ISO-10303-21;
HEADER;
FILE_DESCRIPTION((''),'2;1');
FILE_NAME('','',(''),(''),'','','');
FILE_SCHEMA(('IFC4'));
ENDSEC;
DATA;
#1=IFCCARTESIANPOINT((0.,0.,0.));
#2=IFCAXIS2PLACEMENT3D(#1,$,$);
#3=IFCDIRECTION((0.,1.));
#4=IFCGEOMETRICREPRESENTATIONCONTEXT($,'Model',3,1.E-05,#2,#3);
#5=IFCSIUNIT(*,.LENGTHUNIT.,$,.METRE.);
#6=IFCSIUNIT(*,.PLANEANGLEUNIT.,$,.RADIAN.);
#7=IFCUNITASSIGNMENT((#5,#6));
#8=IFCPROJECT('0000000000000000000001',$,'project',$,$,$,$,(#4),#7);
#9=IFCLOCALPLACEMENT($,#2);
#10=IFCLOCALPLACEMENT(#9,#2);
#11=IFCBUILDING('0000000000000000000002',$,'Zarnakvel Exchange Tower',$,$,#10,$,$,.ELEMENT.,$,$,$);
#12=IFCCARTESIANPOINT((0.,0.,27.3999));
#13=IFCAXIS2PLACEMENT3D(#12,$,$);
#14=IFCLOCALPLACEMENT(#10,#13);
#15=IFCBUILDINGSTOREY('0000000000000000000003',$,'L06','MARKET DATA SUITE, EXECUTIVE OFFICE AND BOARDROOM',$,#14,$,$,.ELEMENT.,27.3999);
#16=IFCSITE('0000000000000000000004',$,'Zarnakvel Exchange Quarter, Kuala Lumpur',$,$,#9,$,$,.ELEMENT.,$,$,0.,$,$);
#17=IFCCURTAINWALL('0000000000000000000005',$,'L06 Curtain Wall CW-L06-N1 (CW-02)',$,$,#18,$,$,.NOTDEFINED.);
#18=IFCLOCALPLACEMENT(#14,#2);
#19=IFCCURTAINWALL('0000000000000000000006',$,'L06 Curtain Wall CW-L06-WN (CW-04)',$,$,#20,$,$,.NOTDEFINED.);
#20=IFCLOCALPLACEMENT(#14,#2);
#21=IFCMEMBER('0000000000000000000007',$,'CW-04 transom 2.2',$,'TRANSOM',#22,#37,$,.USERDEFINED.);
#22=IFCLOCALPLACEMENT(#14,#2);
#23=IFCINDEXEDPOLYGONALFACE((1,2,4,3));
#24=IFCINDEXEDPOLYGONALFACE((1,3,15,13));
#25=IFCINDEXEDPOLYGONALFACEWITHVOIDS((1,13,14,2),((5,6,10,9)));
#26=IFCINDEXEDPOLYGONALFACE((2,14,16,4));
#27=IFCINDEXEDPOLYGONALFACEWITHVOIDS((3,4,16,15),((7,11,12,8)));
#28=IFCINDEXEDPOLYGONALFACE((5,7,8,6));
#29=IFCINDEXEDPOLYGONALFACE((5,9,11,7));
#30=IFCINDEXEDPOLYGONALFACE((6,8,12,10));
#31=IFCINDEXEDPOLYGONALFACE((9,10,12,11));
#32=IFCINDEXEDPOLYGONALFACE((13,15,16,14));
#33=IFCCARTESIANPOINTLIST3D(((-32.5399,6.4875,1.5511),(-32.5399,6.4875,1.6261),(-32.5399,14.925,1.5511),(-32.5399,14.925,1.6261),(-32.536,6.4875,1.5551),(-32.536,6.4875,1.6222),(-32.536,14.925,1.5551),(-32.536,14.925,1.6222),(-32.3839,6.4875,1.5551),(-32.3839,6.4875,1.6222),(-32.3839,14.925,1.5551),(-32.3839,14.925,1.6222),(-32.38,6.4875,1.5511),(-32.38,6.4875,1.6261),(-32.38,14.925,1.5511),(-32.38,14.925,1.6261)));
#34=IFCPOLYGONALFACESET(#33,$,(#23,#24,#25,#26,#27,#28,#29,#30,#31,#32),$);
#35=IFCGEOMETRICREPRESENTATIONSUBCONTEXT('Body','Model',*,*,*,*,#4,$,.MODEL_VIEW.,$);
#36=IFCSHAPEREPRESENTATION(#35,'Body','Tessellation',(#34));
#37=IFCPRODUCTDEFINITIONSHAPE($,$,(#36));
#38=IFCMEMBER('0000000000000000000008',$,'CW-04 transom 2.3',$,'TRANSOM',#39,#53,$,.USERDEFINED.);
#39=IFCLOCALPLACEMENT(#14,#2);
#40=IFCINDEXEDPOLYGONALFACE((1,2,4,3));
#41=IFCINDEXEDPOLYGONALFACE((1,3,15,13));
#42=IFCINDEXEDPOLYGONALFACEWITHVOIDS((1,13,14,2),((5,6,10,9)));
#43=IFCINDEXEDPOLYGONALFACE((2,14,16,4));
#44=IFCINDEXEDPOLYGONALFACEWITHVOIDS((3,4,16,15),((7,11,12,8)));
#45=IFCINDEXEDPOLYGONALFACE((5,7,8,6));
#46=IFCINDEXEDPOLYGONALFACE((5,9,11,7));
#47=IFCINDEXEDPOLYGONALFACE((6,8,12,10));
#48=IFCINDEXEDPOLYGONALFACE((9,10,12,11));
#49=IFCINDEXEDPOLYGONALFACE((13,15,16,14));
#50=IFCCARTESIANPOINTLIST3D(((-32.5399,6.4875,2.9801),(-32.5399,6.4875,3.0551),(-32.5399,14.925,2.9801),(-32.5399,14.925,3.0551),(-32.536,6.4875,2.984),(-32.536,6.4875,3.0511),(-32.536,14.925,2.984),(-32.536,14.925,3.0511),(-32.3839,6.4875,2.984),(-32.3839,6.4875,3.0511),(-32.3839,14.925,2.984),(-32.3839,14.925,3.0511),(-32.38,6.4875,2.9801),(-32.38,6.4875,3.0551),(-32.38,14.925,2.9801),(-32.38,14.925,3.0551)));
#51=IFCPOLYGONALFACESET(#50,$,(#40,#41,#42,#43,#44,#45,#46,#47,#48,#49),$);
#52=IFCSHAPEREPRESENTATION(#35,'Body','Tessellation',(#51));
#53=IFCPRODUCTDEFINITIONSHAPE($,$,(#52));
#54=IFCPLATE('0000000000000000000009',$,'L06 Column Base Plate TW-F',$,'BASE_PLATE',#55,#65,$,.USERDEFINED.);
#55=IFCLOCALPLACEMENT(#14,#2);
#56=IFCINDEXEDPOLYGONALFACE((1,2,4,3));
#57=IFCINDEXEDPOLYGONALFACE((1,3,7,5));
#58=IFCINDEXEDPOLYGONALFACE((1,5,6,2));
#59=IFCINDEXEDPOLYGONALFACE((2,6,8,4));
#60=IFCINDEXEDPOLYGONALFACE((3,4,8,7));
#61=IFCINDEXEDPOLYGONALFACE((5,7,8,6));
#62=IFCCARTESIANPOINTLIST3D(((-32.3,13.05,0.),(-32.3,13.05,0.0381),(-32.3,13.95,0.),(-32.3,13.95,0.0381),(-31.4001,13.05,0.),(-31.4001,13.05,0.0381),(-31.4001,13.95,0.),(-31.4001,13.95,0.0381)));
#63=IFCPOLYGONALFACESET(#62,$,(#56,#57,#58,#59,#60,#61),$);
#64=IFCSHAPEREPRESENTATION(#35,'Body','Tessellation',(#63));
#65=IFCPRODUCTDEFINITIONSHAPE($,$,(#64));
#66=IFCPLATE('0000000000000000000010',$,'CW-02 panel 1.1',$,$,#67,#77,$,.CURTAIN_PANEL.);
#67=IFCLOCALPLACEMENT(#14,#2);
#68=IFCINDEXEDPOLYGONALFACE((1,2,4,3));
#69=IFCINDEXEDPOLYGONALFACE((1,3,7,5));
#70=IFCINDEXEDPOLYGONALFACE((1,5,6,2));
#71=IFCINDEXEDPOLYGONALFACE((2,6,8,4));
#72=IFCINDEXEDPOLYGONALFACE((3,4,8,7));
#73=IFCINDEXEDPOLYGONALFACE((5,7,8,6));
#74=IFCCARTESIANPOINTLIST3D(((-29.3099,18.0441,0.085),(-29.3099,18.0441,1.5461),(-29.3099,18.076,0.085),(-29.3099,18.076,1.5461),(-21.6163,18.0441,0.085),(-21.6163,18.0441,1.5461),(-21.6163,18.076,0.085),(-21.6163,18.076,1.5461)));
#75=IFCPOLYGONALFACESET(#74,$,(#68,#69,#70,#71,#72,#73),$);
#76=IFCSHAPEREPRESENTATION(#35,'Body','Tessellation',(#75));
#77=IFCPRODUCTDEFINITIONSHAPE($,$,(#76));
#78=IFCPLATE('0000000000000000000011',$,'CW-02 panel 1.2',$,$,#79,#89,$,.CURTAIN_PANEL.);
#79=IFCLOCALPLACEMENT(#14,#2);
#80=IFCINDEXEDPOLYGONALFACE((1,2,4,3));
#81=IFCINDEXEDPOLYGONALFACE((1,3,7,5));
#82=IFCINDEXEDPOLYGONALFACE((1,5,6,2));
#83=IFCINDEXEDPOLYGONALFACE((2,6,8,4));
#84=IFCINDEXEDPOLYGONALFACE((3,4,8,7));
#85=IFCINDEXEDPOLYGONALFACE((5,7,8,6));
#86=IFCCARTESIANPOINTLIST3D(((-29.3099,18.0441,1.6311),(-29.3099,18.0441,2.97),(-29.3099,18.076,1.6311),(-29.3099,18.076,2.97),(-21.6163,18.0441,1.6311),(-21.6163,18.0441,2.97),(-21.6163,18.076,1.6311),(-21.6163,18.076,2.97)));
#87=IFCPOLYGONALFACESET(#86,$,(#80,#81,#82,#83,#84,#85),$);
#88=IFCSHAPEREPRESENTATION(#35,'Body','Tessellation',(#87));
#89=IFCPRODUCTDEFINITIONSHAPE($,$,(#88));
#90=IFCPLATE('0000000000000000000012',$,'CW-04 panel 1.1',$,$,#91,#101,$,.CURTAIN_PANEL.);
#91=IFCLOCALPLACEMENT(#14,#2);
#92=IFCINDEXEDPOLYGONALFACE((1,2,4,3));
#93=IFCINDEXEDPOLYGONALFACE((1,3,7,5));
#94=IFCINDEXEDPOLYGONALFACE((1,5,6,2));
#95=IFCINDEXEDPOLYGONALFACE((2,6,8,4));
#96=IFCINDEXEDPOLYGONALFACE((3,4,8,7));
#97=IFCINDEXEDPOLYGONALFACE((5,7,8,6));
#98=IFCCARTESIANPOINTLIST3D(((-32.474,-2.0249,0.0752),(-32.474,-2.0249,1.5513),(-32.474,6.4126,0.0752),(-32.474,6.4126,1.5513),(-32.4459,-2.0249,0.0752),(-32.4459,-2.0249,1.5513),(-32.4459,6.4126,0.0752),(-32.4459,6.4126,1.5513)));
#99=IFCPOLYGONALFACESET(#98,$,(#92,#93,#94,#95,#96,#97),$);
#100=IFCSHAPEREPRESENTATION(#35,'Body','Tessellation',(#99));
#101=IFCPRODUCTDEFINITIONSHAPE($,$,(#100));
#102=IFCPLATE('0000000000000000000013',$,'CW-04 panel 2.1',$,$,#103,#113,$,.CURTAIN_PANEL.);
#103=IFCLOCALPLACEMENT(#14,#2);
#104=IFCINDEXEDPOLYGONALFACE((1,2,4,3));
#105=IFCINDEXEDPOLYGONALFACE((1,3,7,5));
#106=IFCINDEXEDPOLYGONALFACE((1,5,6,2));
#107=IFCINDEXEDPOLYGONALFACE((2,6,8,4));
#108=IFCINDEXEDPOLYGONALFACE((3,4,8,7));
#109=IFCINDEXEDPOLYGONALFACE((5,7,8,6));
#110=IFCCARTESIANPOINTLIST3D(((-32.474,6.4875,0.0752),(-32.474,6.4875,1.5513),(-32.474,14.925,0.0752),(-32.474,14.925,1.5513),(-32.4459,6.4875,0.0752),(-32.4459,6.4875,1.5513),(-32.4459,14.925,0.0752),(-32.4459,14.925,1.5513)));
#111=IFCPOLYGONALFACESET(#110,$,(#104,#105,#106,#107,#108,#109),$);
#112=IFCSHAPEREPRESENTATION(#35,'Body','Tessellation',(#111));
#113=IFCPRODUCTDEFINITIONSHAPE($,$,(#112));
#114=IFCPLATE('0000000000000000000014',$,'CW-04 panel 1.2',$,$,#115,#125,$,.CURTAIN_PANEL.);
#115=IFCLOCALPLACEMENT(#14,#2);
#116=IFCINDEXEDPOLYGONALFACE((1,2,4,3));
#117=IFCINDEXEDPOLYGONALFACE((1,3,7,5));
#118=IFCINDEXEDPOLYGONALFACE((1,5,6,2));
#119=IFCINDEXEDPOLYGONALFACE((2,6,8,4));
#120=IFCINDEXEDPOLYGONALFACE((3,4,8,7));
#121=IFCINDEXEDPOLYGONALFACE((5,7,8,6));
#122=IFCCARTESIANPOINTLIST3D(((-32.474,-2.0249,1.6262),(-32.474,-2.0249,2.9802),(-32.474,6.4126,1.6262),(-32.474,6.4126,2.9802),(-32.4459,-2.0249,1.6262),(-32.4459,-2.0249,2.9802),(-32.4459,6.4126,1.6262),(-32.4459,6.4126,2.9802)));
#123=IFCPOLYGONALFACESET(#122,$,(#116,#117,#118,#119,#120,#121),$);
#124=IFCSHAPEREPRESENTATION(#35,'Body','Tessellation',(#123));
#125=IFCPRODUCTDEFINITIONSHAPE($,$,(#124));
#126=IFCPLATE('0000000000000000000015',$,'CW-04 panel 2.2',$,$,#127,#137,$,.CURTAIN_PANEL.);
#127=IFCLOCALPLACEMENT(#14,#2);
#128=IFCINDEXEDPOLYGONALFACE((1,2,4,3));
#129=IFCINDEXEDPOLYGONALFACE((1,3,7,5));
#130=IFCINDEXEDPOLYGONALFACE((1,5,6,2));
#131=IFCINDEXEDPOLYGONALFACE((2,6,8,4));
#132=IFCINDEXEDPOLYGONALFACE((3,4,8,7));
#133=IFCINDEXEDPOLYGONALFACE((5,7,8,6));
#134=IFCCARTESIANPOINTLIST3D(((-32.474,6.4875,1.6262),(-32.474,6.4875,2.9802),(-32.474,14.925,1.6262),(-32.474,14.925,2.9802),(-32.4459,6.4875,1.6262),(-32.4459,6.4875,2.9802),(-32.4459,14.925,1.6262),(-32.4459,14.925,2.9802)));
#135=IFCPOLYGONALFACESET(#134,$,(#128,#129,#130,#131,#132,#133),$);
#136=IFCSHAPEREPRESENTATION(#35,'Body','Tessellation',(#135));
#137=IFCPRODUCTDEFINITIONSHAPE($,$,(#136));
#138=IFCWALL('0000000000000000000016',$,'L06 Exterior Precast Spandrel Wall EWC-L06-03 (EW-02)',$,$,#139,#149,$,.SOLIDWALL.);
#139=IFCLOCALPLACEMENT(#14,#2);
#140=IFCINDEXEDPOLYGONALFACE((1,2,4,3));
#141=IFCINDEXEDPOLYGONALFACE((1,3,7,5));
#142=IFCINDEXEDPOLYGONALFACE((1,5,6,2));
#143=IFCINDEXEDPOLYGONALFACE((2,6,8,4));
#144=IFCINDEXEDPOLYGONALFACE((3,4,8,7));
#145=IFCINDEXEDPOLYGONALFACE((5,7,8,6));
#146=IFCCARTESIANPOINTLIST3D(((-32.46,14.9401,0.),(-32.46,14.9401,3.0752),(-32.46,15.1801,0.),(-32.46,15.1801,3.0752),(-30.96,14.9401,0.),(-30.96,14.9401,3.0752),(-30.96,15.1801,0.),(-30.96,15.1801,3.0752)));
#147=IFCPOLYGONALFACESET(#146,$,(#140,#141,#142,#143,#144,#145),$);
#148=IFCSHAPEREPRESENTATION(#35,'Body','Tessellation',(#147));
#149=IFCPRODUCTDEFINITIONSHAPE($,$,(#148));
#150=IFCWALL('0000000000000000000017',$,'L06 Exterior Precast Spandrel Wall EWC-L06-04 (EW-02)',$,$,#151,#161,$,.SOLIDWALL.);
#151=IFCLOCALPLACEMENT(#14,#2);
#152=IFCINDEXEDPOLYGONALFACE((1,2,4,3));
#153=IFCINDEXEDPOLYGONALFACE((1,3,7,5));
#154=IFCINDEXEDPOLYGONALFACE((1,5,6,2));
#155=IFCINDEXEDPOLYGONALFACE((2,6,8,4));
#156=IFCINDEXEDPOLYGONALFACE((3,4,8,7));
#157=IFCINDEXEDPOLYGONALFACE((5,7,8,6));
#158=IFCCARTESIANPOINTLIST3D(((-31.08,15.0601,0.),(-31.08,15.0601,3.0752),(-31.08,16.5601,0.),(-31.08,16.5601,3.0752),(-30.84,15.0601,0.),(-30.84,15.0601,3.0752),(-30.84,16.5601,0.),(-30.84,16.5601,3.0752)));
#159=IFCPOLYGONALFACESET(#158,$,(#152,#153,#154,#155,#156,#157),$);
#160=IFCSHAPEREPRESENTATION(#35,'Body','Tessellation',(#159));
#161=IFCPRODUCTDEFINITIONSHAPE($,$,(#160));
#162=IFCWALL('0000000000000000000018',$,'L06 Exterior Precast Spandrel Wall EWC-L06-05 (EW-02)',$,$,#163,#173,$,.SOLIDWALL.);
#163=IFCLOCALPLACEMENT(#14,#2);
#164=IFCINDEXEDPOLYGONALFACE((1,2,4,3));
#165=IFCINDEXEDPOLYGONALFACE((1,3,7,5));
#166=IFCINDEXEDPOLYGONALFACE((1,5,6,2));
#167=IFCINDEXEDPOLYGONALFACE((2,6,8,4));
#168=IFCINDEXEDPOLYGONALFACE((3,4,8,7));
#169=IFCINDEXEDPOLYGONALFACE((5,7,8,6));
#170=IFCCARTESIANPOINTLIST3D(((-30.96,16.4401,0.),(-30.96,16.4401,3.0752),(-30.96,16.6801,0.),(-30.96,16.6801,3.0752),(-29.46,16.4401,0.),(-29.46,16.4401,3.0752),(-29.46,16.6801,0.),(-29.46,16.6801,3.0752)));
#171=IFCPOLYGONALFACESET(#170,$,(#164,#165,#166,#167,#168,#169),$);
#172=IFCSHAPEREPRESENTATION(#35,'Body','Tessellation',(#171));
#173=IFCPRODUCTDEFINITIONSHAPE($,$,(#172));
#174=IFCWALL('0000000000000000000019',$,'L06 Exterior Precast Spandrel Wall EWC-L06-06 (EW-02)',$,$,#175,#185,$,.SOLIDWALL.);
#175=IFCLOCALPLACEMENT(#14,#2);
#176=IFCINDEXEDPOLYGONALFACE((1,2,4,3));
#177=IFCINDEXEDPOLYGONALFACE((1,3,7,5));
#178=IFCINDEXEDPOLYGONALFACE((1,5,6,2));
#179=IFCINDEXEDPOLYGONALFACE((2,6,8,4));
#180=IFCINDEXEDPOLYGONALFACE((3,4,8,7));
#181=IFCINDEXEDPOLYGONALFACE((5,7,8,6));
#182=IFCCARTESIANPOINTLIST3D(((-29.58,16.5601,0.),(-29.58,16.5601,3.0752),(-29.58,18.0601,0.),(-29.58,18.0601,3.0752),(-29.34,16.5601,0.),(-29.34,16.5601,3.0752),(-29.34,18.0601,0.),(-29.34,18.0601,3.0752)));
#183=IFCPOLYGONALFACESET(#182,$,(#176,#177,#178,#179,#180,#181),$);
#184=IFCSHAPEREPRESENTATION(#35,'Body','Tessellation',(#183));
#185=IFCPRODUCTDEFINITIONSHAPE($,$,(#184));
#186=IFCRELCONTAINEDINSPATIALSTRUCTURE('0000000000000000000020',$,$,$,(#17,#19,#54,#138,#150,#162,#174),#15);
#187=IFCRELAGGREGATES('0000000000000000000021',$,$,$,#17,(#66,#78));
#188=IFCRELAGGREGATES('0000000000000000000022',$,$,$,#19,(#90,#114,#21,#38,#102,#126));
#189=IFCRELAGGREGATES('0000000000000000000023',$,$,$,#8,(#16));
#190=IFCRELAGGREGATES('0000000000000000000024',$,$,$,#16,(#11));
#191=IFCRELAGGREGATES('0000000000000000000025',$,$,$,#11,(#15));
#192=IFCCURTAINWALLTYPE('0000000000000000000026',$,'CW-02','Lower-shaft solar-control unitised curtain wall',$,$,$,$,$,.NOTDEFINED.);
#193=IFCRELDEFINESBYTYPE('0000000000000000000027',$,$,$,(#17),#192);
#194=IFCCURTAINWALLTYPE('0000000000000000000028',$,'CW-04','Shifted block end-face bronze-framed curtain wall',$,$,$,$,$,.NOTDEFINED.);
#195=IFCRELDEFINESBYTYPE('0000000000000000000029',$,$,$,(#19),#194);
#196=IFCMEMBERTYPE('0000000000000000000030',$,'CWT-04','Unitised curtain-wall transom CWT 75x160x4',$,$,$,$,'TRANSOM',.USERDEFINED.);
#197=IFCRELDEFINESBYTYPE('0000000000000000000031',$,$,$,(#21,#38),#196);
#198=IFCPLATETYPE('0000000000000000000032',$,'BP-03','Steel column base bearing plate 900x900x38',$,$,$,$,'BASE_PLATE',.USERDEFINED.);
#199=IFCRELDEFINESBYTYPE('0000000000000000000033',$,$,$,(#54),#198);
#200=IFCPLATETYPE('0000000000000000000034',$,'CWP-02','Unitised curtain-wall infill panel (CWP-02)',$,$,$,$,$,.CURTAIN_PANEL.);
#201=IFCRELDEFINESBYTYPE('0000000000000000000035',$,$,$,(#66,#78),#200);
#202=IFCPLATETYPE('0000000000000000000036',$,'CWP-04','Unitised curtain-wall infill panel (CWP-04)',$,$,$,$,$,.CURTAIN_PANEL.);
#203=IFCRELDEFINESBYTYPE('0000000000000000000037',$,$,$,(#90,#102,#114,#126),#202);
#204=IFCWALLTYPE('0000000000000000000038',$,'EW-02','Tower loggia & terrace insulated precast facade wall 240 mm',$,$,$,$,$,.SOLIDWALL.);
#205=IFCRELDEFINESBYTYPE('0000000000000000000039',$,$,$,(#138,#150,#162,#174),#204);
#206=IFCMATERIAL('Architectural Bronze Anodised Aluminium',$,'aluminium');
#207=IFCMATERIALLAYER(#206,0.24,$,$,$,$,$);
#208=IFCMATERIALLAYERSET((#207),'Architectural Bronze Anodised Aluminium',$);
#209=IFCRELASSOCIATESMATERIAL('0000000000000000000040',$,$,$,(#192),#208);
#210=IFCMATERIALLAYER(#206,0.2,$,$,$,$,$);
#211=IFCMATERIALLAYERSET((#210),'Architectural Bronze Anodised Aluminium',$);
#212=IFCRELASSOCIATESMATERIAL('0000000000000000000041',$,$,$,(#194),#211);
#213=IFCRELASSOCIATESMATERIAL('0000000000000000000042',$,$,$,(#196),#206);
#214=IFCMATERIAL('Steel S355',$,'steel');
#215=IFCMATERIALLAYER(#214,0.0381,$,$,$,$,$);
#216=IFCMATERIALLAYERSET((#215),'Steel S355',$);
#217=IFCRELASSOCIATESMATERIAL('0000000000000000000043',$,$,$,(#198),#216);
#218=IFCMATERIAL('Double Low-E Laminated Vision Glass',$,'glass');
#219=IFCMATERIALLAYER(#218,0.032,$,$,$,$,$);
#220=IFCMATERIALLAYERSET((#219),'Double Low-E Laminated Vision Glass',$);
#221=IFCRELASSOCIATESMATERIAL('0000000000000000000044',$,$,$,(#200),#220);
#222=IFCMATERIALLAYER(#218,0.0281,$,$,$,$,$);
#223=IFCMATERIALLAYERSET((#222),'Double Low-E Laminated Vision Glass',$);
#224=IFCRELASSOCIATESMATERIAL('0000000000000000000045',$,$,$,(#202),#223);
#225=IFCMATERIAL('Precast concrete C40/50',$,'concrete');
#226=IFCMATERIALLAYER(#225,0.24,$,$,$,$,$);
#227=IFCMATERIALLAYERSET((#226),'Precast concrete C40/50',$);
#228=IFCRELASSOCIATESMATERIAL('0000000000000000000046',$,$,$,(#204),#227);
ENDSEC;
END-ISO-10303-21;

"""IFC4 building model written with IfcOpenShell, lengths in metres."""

from ifc_helpers import new_model, si_unit, direction, frame, frame_2d, origin, origin_2d, place, context, subcontext, project, spatial, rectangle, hollow_rectangle, extrude, source, transform, mapped, material, layer, layer_set, material_profile, profile_set, type_object, element, aggregate, save


model = new_model("IFC4")

# Units and contexts
model_context = context("Model", 3, precision=1e-05, world=origin(), true_north=direction((0.0, 1.0)))
body_context = subcontext(model_context, "Body", "Model", "MODEL_VIEW")
ifc_project = project(units=[si_unit("LENGTHUNIT", "METRE"), si_unit("PLANEANGLEUNIT", "RADIAN")], contexts=[model_context])

# Site, building, storey
site_placement = place(None, origin())
site = spatial("IfcSite", under=ifc_project, at=site_placement, Name="Zarnakvel Exchange Quarter, Kuala Lumpur", CompositionType="ELEMENT", RefElevation=0.0)
building_placement = place(site_placement, origin())
building = spatial("IfcBuilding", under=site, at=building_placement, Name="Zarnakvel Exchange Tower", CompositionType="ELEMENT")
storey_placement = place(building_placement, frame((0.0, 0.0, 27.3999)))
storey = spatial("IfcBuildingStorey", under=building, at=storey_placement, Name="L06", Description="MARKET DATA SUITE, EXECUTIVE OFFICE AND BOARDROOM", CompositionType="ELEMENT", Elevation=27.3999)

# Shared definitions
ifc_material_1 = material(Name="Steel S355", Category="steel")

# Curtain walls, members
ifc_material_2 = material(Name="Architectural Bronze Anodised Aluminium", Category="aluminium")
ifc_layer_1 = layer(ifc_material_2, 0.24)
ifc_layer_set_1 = layer_set([ifc_layer_1], Name="Architectural Bronze Anodised Aluminium")
curtain_wall_type_1 = type_object("IfcCurtainWallType", Name="CW-02", Description="Lower-shaft solar-control unitised curtain wall", PredefinedType="NOTDEFINED", material=ifc_layer_set_1)
curtain_wall_1_placement = place(storey_placement, origin())
curtain_wall_1 = element("IfcCurtainWall", 1, at=curtain_wall_1_placement, inside=storey, type_object=curtain_wall_type_1, Name="L06 Curtain Wall CW-L06-N1 (CW-02)", PredefinedType="NOTDEFINED")
ifc_layer_2 = layer(ifc_material_2, 0.2)
ifc_layer_set_2 = layer_set([ifc_layer_2], Name="Architectural Bronze Anodised Aluminium")
curtain_wall_type_2 = type_object("IfcCurtainWallType", Name="CW-04", Description="Shifted block end-face bronze-framed curtain wall", PredefinedType="NOTDEFINED", material=ifc_layer_set_2)
curtain_wall_2_placement = place(storey_placement, origin())
curtain_wall_2 = element("IfcCurtainWall", 2, at=curtain_wall_2_placement, inside=storey, type_object=curtain_wall_type_2, Name="L06 Curtain Wall CW-L06-WN (CW-04)", PredefinedType="NOTDEFINED")
ifc_material_profile_1 = material_profile(ifc_material_2, hollow_rectangle(XDim=0.1599, YDim=0.075, WallThickness=0.0039, at=origin_2d()))
ifc_profile_set_1 = profile_set([ifc_material_profile_1], Name="Architectural Bronze Anodised Aluminium")
member_type_1 = type_object("IfcMemberType", Name="CWT-04", Description="Unitised curtain-wall transom CWT 75x160x4", ElementType="TRANSOM", PredefinedType="USERDEFINED", material=ifc_profile_set_1)
shared_shape_1 = source(origin(), body_context, "Body", "SweptSolid", [
    extrude(hollow_rectangle(XDim=0.1599, YDim=0.075, WallThickness=0.0039, at=origin_2d()), origin(), (0.0, 0.0, 1.0), 8.4375),
])
member_1_placement = place(storey_placement, frame((-32.46, 6.4875, 1.5886), z_axis=(0.0, 1.0, 0.0), x_axis=(-1.0, 0.0, 0.0)))
member_1 = element("IfcMember", 3, at=member_1_placement, type_object=member_type_1, Name="CW-04 transom 2.2", ObjectType="TRANSOM", PredefinedType="USERDEFINED", context=body_context, shape_type="MappedRepresentation", body=[
    mapped(shared_shape_1, transform((0.0, 0.0, 0.0), x_axis=(1.0, 0.0, 0.0), y_axis=(0.0, 1.0, 0.0), z_axis=(0.0, 0.0, 1.0), scale=1.0)),
])
member_2_placement = place(storey_placement, frame((-32.46, 6.4875, 3.0176), z_axis=(0.0, 1.0, 0.0), x_axis=(-1.0, 0.0, 0.0)))
member_2 = element("IfcMember", 4, at=member_2_placement, type_object=member_type_1, Name="CW-04 transom 2.3", ObjectType="TRANSOM", PredefinedType="USERDEFINED", context=body_context, shape_type="MappedRepresentation", body=[
    mapped(shared_shape_1, transform((0.0, 0.0, 0.0), x_axis=(1.0, 0.0, 0.0), y_axis=(0.0, 1.0, 0.0), z_axis=(0.0, 0.0, 1.0), scale=1.0)),
])

# Plates
ifc_layer_3 = layer(ifc_material_1, 0.0381)
ifc_layer_set_3 = layer_set([ifc_layer_3], Name="Steel S355")
plate_type_1 = type_object("IfcPlateType", Name="BP-03", Description="Steel column base bearing plate 900x900x38", ElementType="BASE_PLATE", PredefinedType="USERDEFINED", material=ifc_layer_set_3)
shared_shape_2 = source(origin(), body_context, "Body", "SweptSolid", [
    extrude(rectangle(XDim=0.8999, YDim=0.8999, at=origin_2d()), origin(), (0.0, 0.0, 1.0), 0.0381),
])
plate_1_placement = place(storey_placement, frame((-31.8501, 13.5, 0.0), z_axis=(0.0, 0.0, 1.0), x_axis=(1.0, 0.0, 0.0)))
element("IfcPlate", 5, at=plate_1_placement, inside=storey, type_object=plate_type_1, Name="L06 Column Base Plate TW-F", ObjectType="BASE_PLATE", PredefinedType="USERDEFINED", context=body_context, shape_type="MappedRepresentation", body=[
    mapped(shared_shape_2, transform((0.0, 0.0, 0.0), x_axis=(1.0, 0.0, 0.0), y_axis=(0.0, 1.0, 0.0), z_axis=(0.0, 0.0, 1.0), scale=1.0)),
])
ifc_material_3 = material(Name="Double Low-E Laminated Vision Glass", Category="glass")
ifc_layer_4 = layer(ifc_material_3, 0.032)
ifc_layer_set_4 = layer_set([ifc_layer_4], Name="Double Low-E Laminated Vision Glass")
plate_type_2 = type_object("IfcPlateType", Name="CWP-02", Description="Unitised curtain-wall infill panel (CWP-02)", PredefinedType="CURTAIN_PANEL", material=ifc_layer_set_4)
shared_shape_3 = source(origin(), body_context, "Body", "SweptSolid", [
    extrude(rectangle(XDim=7.6936, YDim=0.032, at=origin_2d()), origin(), (0.0, 0.0, 1.0), 1.4612),
])
plate_2_placement = place(storey_placement, frame((-25.4631, 18.0601, 0.085), z_axis=(0.0, 0.0, 1.0), x_axis=(1.0, 0.0, 0.0)))
plate_2 = element("IfcPlate", 6, at=plate_2_placement, type_object=plate_type_2, Name="CW-02 panel 1.1", PredefinedType="CURTAIN_PANEL", context=body_context, shape_type="MappedRepresentation", body=[
    mapped(shared_shape_3, transform((0.0, 0.0, 0.0), x_axis=(1.0, 0.0, 0.0), y_axis=(0.0, 1.0, 0.0), z_axis=(0.0, 0.0, 1.0), scale=1.0)),
])
shared_shape_4 = source(origin(), body_context, "Body", "SweptSolid", [
    extrude(rectangle(XDim=7.6936, YDim=0.032, at=origin_2d()), origin(), (0.0, 0.0, 1.0), 1.3389),
])
plate_3_placement = place(storey_placement, frame((-25.4631, 18.0601, 1.6311), z_axis=(0.0, 0.0, 1.0), x_axis=(1.0, 0.0, 0.0)))
plate_3 = element("IfcPlate", 7, at=plate_3_placement, type_object=plate_type_2, Name="CW-02 panel 1.2", PredefinedType="CURTAIN_PANEL", context=body_context, shape_type="MappedRepresentation", body=[
    mapped(shared_shape_4, transform((0.0, 0.0, 0.0), x_axis=(1.0, 0.0, 0.0), y_axis=(0.0, 1.0, 0.0), z_axis=(0.0, 0.0, 1.0), scale=1.0)),
])
aggregate(curtain_wall_1, [plate_2, plate_3])
ifc_layer_5 = layer(ifc_material_3, 0.0281)
ifc_layer_set_5 = layer_set([ifc_layer_5], Name="Double Low-E Laminated Vision Glass")
plate_type_3 = type_object("IfcPlateType", Name="CWP-04", Description="Unitised curtain-wall infill panel (CWP-04)", PredefinedType="CURTAIN_PANEL", material=ifc_layer_set_5)
shared_shape_5 = source(origin(), body_context, "Body", "SweptSolid", [
    extrude(rectangle(XDim=8.4375, YDim=0.0281, at=origin_2d()), origin(), (0.0, 0.0, 1.0), 1.4761),
])
plate_4_placement = place(storey_placement, frame((-32.46, 2.1938, 0.0752), z_axis=(0.0, 0.0, 1.0), x_axis=(0.0, 1.0, 0.0)))
plate_4 = element("IfcPlate", 8, at=plate_4_placement, type_object=plate_type_3, Name="CW-04 panel 1.1", PredefinedType="CURTAIN_PANEL", context=body_context, shape_type="MappedRepresentation", body=[
    mapped(shared_shape_5, transform((0.0, 0.0, 0.0), x_axis=(1.0, 0.0, 0.0), y_axis=(0.0, 1.0, 0.0), z_axis=(0.0, 0.0, 1.0), scale=1.0)),
])
plate_5_placement = place(storey_placement, frame((-32.46, 10.7063, 0.0752), z_axis=(0.0, 0.0, 1.0), x_axis=(0.0, 1.0, 0.0)))
plate_5 = element("IfcPlate", 9, at=plate_5_placement, type_object=plate_type_3, Name="CW-04 panel 2.1", PredefinedType="CURTAIN_PANEL", context=body_context, shape_type="MappedRepresentation", body=[
    mapped(shared_shape_5, transform((0.0, 0.0, 0.0), x_axis=(1.0, 0.0, 0.0), y_axis=(0.0, 1.0, 0.0), z_axis=(0.0, 0.0, 1.0), scale=1.0)),
])
shared_shape_6 = source(origin(), body_context, "Body", "SweptSolid", [
    extrude(rectangle(XDim=8.4375, YDim=0.0281, at=origin_2d()), origin(), (0.0, 0.0, 1.0), 1.354),
])
plate_6_placement = place(storey_placement, frame((-32.46, 2.1938, 1.6262), z_axis=(0.0, 0.0, 1.0), x_axis=(0.0, 1.0, 0.0)))
plate_6 = element("IfcPlate", 10, at=plate_6_placement, type_object=plate_type_3, Name="CW-04 panel 1.2", PredefinedType="CURTAIN_PANEL", context=body_context, shape_type="MappedRepresentation", body=[
    mapped(shared_shape_6, transform((0.0, 0.0, 0.0), x_axis=(1.0, 0.0, 0.0), y_axis=(0.0, 1.0, 0.0), z_axis=(0.0, 0.0, 1.0), scale=1.0)),
])
plate_7_placement = place(storey_placement, frame((-32.46, 10.7063, 1.6262), z_axis=(0.0, 0.0, 1.0), x_axis=(0.0, 1.0, 0.0)))
plate_7 = element("IfcPlate", 11, at=plate_7_placement, type_object=plate_type_3, Name="CW-04 panel 2.2", PredefinedType="CURTAIN_PANEL", context=body_context, shape_type="MappedRepresentation", body=[
    mapped(shared_shape_6, transform((0.0, 0.0, 0.0), x_axis=(1.0, 0.0, 0.0), y_axis=(0.0, 1.0, 0.0), z_axis=(0.0, 0.0, 1.0), scale=1.0)),
])
aggregate(curtain_wall_2, [plate_4, plate_6, member_1, member_2, plate_5, plate_7])

# Walls
ifc_material_4 = material(Name="Precast concrete C40/50", Category="concrete")
ifc_layer_6 = layer(ifc_material_4, 0.24)
ifc_layer_set_6 = layer_set([ifc_layer_6], Name="Precast concrete C40/50")
wall_type_1 = type_object("IfcWallType", Name="EW-02", Description="Tower loggia & terrace insulated precast facade wall 240 mm", PredefinedType="SOLIDWALL", material=ifc_layer_set_6)
for number, where, z_axis, x_axis, name in (
    (12, (-30.96, 15.0601, 0.0), (0.0, 0.0, 1.0), (-1.0, 0.0, 0.0), "L06 Exterior Precast Spandrel Wall EWC-L06-03 (EW-02)"),
    (13, (-30.96, 16.5601, 0.0), (0.0, 0.0, 1.0), (0.0, -1.0, 0.0), "L06 Exterior Precast Spandrel Wall EWC-L06-04 (EW-02)"),
    (14, (-29.46, 16.5601, 0.0), (0.0, 0.0, 1.0), (-1.0, 0.0, 0.0), "L06 Exterior Precast Spandrel Wall EWC-L06-05 (EW-02)"),
    (15, (-29.46, 18.0601, 0.0), (0.0, 0.0, 1.0), (0.0, -1.0, 0.0), "L06 Exterior Precast Spandrel Wall EWC-L06-06 (EW-02)"),
):
    element("IfcWall", number, at=place(storey_placement, frame(where, z_axis=z_axis, x_axis=x_axis)), inside=storey, type_object=wall_type_1, Name=name, PredefinedType="SOLIDWALL", context=body_context, shape_type="SweptSolid", body=[
        extrude(rectangle(XDim=1.5, YDim=0.24, at=frame_2d((0.75, 0.0))), origin(), (0.0, 0.0, 1.0), 3.0752),
    ])

save(model, "model.ifc")
